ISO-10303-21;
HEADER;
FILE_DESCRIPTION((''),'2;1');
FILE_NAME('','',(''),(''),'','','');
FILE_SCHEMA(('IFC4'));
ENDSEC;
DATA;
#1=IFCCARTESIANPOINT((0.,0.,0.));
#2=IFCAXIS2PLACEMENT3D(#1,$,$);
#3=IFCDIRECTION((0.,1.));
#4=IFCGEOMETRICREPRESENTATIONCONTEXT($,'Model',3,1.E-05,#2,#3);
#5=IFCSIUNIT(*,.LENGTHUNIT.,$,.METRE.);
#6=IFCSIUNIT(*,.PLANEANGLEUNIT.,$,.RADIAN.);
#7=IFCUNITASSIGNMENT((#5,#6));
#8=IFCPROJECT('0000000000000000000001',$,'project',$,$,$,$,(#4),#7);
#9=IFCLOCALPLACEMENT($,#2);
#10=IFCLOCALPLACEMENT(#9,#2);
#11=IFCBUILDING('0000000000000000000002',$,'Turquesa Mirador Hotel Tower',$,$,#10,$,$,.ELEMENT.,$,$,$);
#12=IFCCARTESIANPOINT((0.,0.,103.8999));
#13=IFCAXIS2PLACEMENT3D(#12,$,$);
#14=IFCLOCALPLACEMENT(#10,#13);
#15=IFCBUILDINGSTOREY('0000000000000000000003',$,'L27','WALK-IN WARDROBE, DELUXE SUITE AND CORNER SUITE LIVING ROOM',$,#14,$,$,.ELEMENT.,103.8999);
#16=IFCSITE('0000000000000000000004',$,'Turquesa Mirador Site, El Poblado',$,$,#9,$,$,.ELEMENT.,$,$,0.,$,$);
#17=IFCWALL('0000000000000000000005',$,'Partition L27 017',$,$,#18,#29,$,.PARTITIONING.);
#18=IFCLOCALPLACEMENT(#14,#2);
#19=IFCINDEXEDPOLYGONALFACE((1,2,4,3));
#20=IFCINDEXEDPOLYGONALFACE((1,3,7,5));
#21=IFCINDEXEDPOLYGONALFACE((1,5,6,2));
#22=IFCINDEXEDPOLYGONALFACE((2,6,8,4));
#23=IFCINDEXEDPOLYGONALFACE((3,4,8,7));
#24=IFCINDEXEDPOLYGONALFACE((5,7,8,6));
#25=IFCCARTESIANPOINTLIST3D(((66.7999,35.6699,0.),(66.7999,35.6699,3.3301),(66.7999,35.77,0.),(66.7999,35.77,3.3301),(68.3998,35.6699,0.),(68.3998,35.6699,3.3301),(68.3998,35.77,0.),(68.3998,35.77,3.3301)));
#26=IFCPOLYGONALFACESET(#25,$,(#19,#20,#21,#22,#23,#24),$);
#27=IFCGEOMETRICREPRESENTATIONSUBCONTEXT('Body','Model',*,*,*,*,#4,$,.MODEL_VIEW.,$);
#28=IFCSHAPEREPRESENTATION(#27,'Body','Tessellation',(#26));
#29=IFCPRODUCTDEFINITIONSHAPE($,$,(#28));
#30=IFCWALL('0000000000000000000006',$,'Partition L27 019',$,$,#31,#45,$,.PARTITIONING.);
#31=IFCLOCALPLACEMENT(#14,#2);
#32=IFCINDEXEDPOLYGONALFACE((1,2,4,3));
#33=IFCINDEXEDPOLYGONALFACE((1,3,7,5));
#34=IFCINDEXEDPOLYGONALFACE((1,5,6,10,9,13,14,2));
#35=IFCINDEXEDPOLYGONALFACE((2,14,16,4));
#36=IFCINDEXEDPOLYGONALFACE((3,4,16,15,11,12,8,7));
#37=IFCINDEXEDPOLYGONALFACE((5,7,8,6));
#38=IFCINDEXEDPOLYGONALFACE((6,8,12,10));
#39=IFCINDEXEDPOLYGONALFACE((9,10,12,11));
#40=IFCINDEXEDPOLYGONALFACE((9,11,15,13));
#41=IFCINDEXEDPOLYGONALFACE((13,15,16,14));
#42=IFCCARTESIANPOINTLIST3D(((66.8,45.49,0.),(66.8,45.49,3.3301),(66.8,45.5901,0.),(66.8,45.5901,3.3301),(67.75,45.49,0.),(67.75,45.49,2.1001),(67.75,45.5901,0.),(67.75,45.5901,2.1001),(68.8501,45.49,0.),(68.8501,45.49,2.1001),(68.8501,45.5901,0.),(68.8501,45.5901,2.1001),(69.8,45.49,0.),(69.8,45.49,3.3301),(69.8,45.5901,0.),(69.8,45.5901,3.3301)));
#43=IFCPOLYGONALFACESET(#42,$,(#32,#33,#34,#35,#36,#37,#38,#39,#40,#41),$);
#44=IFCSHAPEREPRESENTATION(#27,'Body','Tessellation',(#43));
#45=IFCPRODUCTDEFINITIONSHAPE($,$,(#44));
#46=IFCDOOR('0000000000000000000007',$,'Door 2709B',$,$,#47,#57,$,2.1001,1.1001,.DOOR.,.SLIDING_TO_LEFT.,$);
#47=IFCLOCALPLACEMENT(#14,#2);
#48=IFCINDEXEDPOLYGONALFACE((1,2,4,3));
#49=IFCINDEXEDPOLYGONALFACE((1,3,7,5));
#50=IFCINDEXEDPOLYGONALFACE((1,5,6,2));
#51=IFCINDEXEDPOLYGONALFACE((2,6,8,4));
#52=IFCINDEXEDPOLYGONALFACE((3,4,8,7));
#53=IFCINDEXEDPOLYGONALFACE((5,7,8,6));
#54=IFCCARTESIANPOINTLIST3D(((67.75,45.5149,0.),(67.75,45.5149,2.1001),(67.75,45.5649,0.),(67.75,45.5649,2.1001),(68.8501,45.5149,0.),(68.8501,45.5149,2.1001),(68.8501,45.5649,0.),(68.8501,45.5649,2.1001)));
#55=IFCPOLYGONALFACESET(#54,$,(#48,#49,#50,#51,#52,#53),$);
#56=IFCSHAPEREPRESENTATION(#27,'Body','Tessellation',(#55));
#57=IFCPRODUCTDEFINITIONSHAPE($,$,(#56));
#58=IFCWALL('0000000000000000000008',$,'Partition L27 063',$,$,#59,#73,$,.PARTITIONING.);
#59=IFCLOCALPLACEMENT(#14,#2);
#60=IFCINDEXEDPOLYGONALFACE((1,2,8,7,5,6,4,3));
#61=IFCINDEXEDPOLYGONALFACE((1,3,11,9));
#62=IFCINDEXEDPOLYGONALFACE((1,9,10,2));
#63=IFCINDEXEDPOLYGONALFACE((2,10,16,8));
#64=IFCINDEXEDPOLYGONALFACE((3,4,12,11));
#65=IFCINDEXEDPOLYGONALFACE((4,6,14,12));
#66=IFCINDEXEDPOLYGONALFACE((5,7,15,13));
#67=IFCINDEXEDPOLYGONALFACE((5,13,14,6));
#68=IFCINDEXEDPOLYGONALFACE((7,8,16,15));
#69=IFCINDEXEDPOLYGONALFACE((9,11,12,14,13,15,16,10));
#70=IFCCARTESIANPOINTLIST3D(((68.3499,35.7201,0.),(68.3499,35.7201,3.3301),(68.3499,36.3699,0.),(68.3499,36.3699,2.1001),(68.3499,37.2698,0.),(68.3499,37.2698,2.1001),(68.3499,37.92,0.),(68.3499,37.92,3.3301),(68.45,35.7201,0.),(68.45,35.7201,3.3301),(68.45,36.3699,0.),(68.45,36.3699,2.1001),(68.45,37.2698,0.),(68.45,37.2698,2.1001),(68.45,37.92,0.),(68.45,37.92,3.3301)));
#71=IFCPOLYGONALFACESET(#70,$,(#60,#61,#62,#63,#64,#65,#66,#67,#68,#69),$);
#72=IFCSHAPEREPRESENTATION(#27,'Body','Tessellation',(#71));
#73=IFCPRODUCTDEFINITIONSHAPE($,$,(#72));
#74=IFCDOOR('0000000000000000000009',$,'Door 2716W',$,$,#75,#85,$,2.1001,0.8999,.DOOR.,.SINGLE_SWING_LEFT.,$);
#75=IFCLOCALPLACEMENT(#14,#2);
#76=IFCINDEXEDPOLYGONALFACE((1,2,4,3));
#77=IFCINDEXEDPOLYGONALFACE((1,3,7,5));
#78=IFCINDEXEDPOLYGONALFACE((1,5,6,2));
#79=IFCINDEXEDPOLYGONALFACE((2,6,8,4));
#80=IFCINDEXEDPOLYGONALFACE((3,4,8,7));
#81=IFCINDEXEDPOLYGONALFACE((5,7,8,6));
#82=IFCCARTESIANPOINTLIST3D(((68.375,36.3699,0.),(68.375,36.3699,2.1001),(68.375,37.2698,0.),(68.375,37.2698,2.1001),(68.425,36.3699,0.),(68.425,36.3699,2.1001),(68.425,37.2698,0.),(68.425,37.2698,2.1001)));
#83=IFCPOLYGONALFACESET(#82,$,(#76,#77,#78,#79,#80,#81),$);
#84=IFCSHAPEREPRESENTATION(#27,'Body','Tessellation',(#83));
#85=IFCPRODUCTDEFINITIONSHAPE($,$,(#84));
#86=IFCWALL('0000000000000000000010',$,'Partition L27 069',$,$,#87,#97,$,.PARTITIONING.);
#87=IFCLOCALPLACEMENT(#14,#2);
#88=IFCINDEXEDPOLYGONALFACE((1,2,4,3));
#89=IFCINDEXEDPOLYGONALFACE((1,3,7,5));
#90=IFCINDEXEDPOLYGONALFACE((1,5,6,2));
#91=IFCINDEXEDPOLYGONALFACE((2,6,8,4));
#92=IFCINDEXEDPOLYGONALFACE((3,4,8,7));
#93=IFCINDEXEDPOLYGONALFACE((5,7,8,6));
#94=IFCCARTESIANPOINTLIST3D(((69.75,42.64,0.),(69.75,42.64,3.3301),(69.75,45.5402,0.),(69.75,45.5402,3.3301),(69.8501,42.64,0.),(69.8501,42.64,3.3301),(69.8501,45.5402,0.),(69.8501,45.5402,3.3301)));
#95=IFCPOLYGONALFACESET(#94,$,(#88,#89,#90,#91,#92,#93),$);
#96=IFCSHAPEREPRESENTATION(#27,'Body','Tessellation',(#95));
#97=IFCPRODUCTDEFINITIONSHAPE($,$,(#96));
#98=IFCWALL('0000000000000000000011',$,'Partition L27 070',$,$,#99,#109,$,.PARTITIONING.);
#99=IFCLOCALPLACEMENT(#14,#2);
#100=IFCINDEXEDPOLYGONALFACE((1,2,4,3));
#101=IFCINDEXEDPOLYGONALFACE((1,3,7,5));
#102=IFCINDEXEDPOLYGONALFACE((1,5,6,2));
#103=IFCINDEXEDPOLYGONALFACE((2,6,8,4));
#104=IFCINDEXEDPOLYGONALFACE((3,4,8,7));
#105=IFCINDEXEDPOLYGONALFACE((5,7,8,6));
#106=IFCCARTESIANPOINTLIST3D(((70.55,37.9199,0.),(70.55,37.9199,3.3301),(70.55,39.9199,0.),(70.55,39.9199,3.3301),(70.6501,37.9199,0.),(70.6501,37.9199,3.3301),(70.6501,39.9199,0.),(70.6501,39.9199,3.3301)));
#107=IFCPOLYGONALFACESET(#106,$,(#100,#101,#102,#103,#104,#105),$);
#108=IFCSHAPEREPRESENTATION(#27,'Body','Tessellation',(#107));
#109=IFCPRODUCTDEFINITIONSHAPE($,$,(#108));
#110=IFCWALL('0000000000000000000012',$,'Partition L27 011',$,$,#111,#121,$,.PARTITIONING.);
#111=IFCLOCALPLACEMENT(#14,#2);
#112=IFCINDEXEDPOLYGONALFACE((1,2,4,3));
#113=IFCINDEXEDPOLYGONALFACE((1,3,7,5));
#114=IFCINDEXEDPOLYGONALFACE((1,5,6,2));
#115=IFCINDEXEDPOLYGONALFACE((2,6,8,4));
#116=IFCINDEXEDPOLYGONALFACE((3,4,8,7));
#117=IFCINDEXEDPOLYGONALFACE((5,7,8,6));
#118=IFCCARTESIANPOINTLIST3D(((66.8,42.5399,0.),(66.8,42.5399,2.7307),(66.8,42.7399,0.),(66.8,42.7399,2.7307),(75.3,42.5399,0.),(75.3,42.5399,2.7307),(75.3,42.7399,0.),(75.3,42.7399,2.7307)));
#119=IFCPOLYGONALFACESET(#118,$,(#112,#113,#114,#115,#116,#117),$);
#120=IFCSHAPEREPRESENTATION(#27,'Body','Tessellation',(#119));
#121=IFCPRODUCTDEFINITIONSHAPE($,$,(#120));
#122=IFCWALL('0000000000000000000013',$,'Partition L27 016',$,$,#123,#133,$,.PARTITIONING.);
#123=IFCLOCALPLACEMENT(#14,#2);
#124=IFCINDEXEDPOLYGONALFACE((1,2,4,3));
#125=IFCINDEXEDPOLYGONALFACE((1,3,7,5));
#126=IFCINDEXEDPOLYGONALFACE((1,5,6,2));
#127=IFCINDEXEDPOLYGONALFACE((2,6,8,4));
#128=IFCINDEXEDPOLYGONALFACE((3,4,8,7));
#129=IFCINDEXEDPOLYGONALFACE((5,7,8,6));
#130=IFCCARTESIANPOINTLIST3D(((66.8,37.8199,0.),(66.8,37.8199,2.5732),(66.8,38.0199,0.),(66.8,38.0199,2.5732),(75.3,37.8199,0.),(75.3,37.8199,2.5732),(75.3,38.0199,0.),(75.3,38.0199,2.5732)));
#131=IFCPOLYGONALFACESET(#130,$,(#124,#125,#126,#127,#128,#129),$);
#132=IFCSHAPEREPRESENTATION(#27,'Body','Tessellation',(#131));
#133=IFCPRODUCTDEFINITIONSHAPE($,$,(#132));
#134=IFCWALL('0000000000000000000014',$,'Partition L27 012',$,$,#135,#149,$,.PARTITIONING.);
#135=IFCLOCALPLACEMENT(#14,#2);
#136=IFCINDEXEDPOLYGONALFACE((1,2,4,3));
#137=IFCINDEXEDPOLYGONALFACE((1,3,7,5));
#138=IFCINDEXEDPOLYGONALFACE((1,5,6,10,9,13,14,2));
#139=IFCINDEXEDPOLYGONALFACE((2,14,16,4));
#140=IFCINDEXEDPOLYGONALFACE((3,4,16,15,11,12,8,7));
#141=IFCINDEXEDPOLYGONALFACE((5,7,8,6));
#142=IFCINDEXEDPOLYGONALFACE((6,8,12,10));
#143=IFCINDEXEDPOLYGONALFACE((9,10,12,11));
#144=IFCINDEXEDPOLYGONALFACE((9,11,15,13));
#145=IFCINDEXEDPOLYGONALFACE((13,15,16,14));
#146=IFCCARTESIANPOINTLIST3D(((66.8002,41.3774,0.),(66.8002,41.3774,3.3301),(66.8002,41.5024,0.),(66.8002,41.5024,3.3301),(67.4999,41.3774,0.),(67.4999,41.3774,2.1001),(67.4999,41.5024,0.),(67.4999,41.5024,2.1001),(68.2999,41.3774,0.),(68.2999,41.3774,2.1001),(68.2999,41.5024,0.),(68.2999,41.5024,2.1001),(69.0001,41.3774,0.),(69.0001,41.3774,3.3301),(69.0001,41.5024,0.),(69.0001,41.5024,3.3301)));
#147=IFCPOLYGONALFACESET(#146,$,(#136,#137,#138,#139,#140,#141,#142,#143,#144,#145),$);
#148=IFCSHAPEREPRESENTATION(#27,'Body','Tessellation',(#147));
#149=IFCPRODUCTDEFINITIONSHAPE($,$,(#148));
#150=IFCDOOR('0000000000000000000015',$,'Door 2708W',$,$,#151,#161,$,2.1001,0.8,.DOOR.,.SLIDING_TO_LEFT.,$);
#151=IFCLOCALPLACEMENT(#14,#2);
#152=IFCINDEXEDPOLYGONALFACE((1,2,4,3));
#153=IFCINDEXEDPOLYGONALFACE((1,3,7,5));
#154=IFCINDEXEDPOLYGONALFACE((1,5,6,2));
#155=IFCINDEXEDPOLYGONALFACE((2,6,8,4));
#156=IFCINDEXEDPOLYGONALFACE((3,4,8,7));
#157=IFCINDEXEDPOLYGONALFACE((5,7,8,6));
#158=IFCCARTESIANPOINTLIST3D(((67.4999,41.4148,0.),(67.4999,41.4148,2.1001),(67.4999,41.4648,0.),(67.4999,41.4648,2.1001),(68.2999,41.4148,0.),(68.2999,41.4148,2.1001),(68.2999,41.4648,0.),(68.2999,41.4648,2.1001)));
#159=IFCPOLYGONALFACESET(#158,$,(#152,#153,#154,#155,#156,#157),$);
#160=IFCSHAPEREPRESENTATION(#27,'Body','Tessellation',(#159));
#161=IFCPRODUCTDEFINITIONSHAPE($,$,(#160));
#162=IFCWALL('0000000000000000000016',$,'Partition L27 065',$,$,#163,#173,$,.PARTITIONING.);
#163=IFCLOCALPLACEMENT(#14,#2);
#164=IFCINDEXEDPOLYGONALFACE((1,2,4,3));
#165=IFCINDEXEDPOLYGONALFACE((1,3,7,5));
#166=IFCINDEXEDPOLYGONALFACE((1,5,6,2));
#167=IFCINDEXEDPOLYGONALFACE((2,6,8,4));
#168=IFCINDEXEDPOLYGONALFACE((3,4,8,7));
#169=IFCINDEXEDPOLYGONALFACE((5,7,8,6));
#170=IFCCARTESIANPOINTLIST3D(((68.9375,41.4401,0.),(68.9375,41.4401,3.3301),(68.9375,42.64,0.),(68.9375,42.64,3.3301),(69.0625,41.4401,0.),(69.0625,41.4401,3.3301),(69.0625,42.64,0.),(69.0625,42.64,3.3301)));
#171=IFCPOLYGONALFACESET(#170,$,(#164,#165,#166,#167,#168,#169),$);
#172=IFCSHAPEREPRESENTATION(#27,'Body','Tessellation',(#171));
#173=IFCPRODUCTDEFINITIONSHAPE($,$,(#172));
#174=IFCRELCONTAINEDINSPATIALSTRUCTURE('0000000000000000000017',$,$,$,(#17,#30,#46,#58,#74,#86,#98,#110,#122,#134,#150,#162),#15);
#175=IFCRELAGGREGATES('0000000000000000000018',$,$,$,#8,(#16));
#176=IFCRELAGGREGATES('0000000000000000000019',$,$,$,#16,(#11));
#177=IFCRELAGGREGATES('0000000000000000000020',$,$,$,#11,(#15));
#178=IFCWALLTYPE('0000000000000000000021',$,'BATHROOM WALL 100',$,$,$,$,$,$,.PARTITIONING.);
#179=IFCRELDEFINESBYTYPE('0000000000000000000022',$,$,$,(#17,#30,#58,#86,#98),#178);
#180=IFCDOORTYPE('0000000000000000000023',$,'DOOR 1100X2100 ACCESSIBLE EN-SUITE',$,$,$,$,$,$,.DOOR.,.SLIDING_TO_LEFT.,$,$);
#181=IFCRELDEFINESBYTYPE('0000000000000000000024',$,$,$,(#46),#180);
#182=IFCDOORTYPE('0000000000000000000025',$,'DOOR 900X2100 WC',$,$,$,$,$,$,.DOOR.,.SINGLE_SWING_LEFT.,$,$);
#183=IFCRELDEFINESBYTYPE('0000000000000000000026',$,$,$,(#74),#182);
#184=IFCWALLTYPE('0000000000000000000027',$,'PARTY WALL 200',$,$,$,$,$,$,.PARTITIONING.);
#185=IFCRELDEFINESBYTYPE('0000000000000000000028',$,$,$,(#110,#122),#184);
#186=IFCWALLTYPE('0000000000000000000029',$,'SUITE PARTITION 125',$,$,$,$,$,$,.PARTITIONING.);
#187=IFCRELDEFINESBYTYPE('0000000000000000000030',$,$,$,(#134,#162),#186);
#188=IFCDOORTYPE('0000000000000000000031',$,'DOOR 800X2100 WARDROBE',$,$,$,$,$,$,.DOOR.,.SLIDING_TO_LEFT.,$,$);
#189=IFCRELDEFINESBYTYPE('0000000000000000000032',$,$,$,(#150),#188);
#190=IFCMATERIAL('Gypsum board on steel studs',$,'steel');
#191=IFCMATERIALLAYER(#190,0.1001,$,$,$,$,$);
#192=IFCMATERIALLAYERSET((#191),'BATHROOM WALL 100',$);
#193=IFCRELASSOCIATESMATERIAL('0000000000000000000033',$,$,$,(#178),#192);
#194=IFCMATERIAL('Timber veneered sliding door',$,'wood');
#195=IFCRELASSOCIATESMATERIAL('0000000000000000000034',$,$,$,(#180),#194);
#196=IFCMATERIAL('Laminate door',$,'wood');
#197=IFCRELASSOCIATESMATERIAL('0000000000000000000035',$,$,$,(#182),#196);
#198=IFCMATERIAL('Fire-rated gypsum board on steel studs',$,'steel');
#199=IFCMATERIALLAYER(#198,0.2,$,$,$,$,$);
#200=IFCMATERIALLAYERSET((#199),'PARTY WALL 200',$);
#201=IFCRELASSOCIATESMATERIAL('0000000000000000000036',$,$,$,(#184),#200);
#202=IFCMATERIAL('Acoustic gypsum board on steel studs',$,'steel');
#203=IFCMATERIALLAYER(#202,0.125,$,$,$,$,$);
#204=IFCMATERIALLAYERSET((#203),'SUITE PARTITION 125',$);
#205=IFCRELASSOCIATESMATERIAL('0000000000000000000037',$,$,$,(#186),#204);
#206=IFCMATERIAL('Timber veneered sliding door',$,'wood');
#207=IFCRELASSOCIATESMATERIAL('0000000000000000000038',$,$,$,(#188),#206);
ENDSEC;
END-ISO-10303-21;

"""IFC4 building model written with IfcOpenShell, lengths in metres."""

from ifc_helpers import new_model, si_unit, direction, frame, frame_2d, origin, place, context, subcontext, project, spatial, rectangle, extrude, material, layer, layer_set, type_object, element, fill, save


model = new_model("IFC4")

# Units and contexts
model_context = context("Model", 3, precision=1e-05, world=origin(), true_north=direction((0.0, 1.0)))
body_context = subcontext(model_context, "Body", "Model", "MODEL_VIEW")
ifc_project = project(units=[si_unit("LENGTHUNIT", "METRE"), si_unit("PLANEANGLEUNIT", "RADIAN")], contexts=[model_context])

# Site, building, storey
site_placement = place(None, origin())
site = spatial("IfcSite", under=ifc_project, at=site_placement, Name="Turquesa Mirador Site, El Poblado", CompositionType="ELEMENT", RefElevation=0.0)
building_placement = place(site_placement, origin())
building = spatial("IfcBuilding", under=site, at=building_placement, Name="Turquesa Mirador Hotel Tower", CompositionType="ELEMENT")
storey_placement = place(building_placement, frame((0.0, 0.0, 103.8999)))
storey = spatial("IfcBuildingStorey", under=building, at=storey_placement, Name="L27", Description="WALK-IN WARDROBE, DELUXE SUITE AND CORNER SUITE LIVING ROOM", CompositionType="ELEMENT", Elevation=103.8999)

# Shared definitions
ifc_material_1 = material(Name="Gypsum board on steel studs", Category="steel")
ifc_layer_1 = layer(ifc_material_1, 0.1001)
ifc_layer_set_1 = layer_set([ifc_layer_1], Name="BATHROOM WALL 100")
wall_type_1 = type_object("IfcWallType", Name="BATHROOM WALL 100", PredefinedType="PARTITIONING", material=ifc_layer_set_1)

# Wall
wall_1_placement = place(storey_placement, frame((66.8, 35.72, 0.0), z_axis=(0.0, 0.0, 1.0), x_axis=(1.0, 0.0, 0.0)))
element("IfcWall", 1, at=wall_1_placement, inside=storey, type_object=wall_type_1, Name="Partition L27 017", PredefinedType="PARTITIONING", context=body_context, shape_type="SweptSolid", body=[
    extrude(rectangle(XDim=1.5999, YDim=0.1001, at=frame_2d((0.7998, 0.0))), origin(), (0.0, 0.0, 1.0), 3.3301),
])

# Walls, openings, doors
wall_2_placement = place(storey_placement, frame((66.8, 45.54, 0.0), z_axis=(0.0, 0.0, 1.0), x_axis=(1.0, 0.0, 0.0)))
wall_2 = element("IfcWall", 2, at=wall_2_placement, inside=storey, type_object=wall_type_1, Name="Partition L27 019", PredefinedType="PARTITIONING", context=body_context, shape_type="SweptSolid", body=[
    extrude(rectangle(XDim=3.0, YDim=0.1001, at=frame_2d((1.5, 0.0))), origin(), (0.0, 0.0, 1.0), 3.3301),
])
opening_1_placement = place(wall_2_placement, frame((0.95, 0.0, 0.0)))
opening_1 = element("IfcOpeningElement", 3, at=opening_1_placement, cuts=wall_2, PredefinedType="OPENING", context=body_context, shape_type="SweptSolid", body=[
    extrude(rectangle(XDim=1.1001, YDim=2.1001, at=frame_2d((0.55, 1.05))), frame((0.0, 0.0601, 0.0), z_axis=(0.0, -1.0, 0.0), x_axis=(1.0, 0.0, 0.0)), (0.0, 0.0, 1.0), 0.1201),
])
ifc_material_2 = material(Name="Timber veneered sliding door", Category="wood")
door_type_1 = type_object("IfcDoorType", Name="DOOR 1100X2100 ACCESSIBLE EN-SUITE", OperationType="SLIDING_TO_LEFT", PredefinedType="DOOR", material=ifc_material_2)
door_1_placement = place(opening_1_placement, origin())
door_1 = element("IfcDoor", 4, at=door_1_placement, inside=storey, type_object=door_type_1, Name="Door 2709B", OperationType="SLIDING_TO_LEFT", OverallHeight=2.1001, OverallWidth=1.1001, PredefinedType="DOOR", context=body_context, shape_type="SweptSolid", body=[
    extrude(rectangle(XDim=1.1001, YDim=2.1001, at=frame_2d((0.55, 1.05))), frame((0.0, 0.0249, 0.0), z_axis=(0.0, -1.0, 0.0), x_axis=(1.0, 0.0, 0.0)), (0.0, 0.0, 1.0), 0.05),
])
fill(opening_1, door_1)
wall_3_placement = place(storey_placement, frame((68.3999, 35.72, 0.0), z_axis=(0.0, 0.0, 1.0), x_axis=(0.0, 1.0, 0.0)))
wall_3 = element("IfcWall", 5, at=wall_3_placement, inside=storey, type_object=wall_type_1, Name="Partition L27 063", PredefinedType="PARTITIONING", context=body_context, shape_type="SweptSolid", body=[
    extrude(rectangle(XDim=2.2, YDim=0.1001, at=frame_2d((1.1001, 0.0))), origin(), (0.0, 0.0, 1.0), 3.3301),
])
opening_2_placement = place(wall_3_placement, frame((0.6499, 0.0, 0.0)))
opening_2 = element("IfcOpeningElement", 6, at=opening_2_placement, cuts=wall_3, PredefinedType="OPENING", context=body_context, shape_type="SweptSolid", body=[
    extrude(rectangle(XDim=0.8999, YDim=2.1001, at=frame_2d((0.45, 1.05))), frame((0.0, 0.0601, 0.0), z_axis=(0.0, -1.0, 0.0), x_axis=(1.0, 0.0, 0.0)), (0.0, 0.0, 1.0), 0.1201),
])
ifc_material_3 = material(Name="Laminate door", Category="wood")
door_type_2 = type_object("IfcDoorType", Name="DOOR 900X2100 WC", OperationType="SINGLE_SWING_LEFT", PredefinedType="DOOR", material=ifc_material_3)
door_2_placement = place(opening_2_placement, origin())
door_2 = element("IfcDoor", 7, at=door_2_placement, inside=storey, type_object=door_type_2, Name="Door 2716W", OperationType="SINGLE_SWING_LEFT", OverallHeight=2.1001, OverallWidth=0.8999, PredefinedType="DOOR", context=body_context, shape_type="SweptSolid", body=[
    extrude(rectangle(XDim=0.8999, YDim=2.1001, at=frame_2d((0.45, 1.05))), frame((0.0, 0.0249, 0.0), z_axis=(0.0, -1.0, 0.0), x_axis=(1.0, 0.0, 0.0)), (0.0, 0.0, 1.0), 0.05),
])
fill(opening_2, door_2)

# Walls
wall_4_placement = place(storey_placement, frame((69.8, 42.6399, 0.0), z_axis=(0.0, 0.0, 1.0), x_axis=(0.0, 1.0, 0.0)))
element("IfcWall", 8, at=wall_4_placement, inside=storey, type_object=wall_type_1, Name="Partition L27 069", PredefinedType="PARTITIONING", context=body_context, shape_type="SweptSolid", body=[
    extrude(rectangle(XDim=2.9001, YDim=0.1001, at=frame_2d((1.4502, 0.0))), origin(), (0.0, 0.0, 1.0), 3.3301),
])
wall_5_placement = place(storey_placement, frame((70.6001, 37.9199, 0.0), z_axis=(0.0, 0.0, 1.0), x_axis=(0.0, 1.0, 0.0)))
element("IfcWall", 9, at=wall_5_placement, inside=storey, type_object=wall_type_1, Name="Partition L27 070", PredefinedType="PARTITIONING", context=body_context, shape_type="SweptSolid", body=[
    extrude(rectangle(XDim=2.0, YDim=0.1001, at=frame_2d((1.0, 0.0))), origin(), (0.0, 0.0, 1.0), 3.3301),
])
ifc_material_4 = material(Name="Fire-rated gypsum board on steel studs", Category="steel")
ifc_layer_2 = layer(ifc_material_4, 0.2)
ifc_layer_set_2 = layer_set([ifc_layer_2], Name="PARTY WALL 200")
wall_type_2 = type_object("IfcWallType", Name="PARTY WALL 200", PredefinedType="PARTITIONING", material=ifc_layer_set_2)
wall_6_placement = place(storey_placement, frame((66.8, 42.6399, 0.0), z_axis=(0.0, 0.0, 1.0), x_axis=(1.0, 0.0, 0.0)))
element("IfcWall", 10, at=wall_6_placement, inside=storey, type_object=wall_type_2, Name="Partition L27 011", PredefinedType="PARTITIONING", context=body_context, shape_type="SweptSolid", body=[
    extrude(rectangle(XDim=8.5, YDim=0.2, at=frame_2d((4.25, 0.0))), origin(), (0.0, 0.0, 1.0), 2.7307),
])
wall_7_placement = place(storey_placement, frame((66.8, 37.9199, 0.0), z_axis=(0.0, 0.0, 1.0), x_axis=(1.0, 0.0, 0.0)))
element("IfcWall", 11, at=wall_7_placement, inside=storey, type_object=wall_type_2, Name="Partition L27 016", PredefinedType="PARTITIONING", context=body_context, shape_type="SweptSolid", body=[
    extrude(rectangle(XDim=8.5, YDim=0.2, at=frame_2d((4.25, 0.0))), origin(), (0.0, 0.0, 1.0), 2.5732),
])

# Wall, opening, door
ifc_material_5 = material(Name="Acoustic gypsum board on steel studs", Category="steel")
ifc_layer_3 = layer(ifc_material_5, 0.125)
ifc_layer_set_3 = layer_set([ifc_layer_3], Name="SUITE PARTITION 125")
wall_type_3 = type_object("IfcWallType", Name="SUITE PARTITION 125", PredefinedType="PARTITIONING", material=ifc_layer_set_3)
wall_8_placement = place(storey_placement, frame((66.8, 41.4399, 0.0), z_axis=(0.0, 0.0, 1.0), x_axis=(1.0, 0.0, 0.0)))
wall_8 = element("IfcWall", 12, at=wall_8_placement, inside=storey, type_object=wall_type_3, Name="Partition L27 012", PredefinedType="PARTITIONING", context=body_context, shape_type="SweptSolid", body=[
    extrude(rectangle(XDim=2.2, YDim=0.125, at=frame_2d((1.1001, 0.0))), origin(), (0.0, 0.0, 1.0), 3.3301),
])
opening_3_placement = place(wall_8_placement, frame((0.7, 0.0, 0.0)))
opening_3 = element("IfcOpeningElement", 13, at=opening_3_placement, cuts=wall_8, PredefinedType="OPENING", context=body_context, shape_type="SweptSolid", body=[
    extrude(rectangle(XDim=0.8, YDim=2.1001, at=frame_2d((0.3999, 1.05))), frame((0.0, 0.0725, 0.0), z_axis=(0.0, -1.0, 0.0), x_axis=(1.0, 0.0, 0.0)), (0.0, 0.0, 1.0), 0.145),
])
ifc_material_6 = material(Name="Timber veneered sliding door", Category="wood")
door_type_3 = type_object("IfcDoorType", Name="DOOR 800X2100 WARDROBE", OperationType="SLIDING_TO_LEFT", PredefinedType="DOOR", material=ifc_material_6)
door_3_placement = place(opening_3_placement, origin())
door_3 = element("IfcDoor", 14, at=door_3_placement, inside=storey, type_object=door_type_3, Name="Door 2708W", OperationType="SLIDING_TO_LEFT", OverallHeight=2.1001, OverallWidth=0.8, PredefinedType="DOOR", context=body_context, shape_type="SweptSolid", body=[
    extrude(rectangle(XDim=0.8, YDim=2.1001, at=frame_2d((0.3999, 1.05))), frame((0.0, 0.0249, 0.0), z_axis=(0.0, -1.0, 0.0), x_axis=(1.0, 0.0, 0.0)), (0.0, 0.0, 1.0), 0.05),
])
fill(opening_3, door_3)

# Wall
wall_9_placement = place(storey_placement, frame((69.0, 41.4399, 0.0), z_axis=(0.0, 0.0, 1.0), x_axis=(0.0, 1.0, 0.0)))
element("IfcWall", 15, at=wall_9_placement, inside=storey, type_object=wall_type_3, Name="Partition L27 065", PredefinedType="PARTITIONING", context=body_context, shape_type="SweptSolid", body=[
    extrude(rectangle(XDim=1.2, YDim=0.125, at=frame_2d((0.6001, 0.0))), origin(), (0.0, 0.0, 1.0), 3.3301),
])

save(model, "model.ifc")
